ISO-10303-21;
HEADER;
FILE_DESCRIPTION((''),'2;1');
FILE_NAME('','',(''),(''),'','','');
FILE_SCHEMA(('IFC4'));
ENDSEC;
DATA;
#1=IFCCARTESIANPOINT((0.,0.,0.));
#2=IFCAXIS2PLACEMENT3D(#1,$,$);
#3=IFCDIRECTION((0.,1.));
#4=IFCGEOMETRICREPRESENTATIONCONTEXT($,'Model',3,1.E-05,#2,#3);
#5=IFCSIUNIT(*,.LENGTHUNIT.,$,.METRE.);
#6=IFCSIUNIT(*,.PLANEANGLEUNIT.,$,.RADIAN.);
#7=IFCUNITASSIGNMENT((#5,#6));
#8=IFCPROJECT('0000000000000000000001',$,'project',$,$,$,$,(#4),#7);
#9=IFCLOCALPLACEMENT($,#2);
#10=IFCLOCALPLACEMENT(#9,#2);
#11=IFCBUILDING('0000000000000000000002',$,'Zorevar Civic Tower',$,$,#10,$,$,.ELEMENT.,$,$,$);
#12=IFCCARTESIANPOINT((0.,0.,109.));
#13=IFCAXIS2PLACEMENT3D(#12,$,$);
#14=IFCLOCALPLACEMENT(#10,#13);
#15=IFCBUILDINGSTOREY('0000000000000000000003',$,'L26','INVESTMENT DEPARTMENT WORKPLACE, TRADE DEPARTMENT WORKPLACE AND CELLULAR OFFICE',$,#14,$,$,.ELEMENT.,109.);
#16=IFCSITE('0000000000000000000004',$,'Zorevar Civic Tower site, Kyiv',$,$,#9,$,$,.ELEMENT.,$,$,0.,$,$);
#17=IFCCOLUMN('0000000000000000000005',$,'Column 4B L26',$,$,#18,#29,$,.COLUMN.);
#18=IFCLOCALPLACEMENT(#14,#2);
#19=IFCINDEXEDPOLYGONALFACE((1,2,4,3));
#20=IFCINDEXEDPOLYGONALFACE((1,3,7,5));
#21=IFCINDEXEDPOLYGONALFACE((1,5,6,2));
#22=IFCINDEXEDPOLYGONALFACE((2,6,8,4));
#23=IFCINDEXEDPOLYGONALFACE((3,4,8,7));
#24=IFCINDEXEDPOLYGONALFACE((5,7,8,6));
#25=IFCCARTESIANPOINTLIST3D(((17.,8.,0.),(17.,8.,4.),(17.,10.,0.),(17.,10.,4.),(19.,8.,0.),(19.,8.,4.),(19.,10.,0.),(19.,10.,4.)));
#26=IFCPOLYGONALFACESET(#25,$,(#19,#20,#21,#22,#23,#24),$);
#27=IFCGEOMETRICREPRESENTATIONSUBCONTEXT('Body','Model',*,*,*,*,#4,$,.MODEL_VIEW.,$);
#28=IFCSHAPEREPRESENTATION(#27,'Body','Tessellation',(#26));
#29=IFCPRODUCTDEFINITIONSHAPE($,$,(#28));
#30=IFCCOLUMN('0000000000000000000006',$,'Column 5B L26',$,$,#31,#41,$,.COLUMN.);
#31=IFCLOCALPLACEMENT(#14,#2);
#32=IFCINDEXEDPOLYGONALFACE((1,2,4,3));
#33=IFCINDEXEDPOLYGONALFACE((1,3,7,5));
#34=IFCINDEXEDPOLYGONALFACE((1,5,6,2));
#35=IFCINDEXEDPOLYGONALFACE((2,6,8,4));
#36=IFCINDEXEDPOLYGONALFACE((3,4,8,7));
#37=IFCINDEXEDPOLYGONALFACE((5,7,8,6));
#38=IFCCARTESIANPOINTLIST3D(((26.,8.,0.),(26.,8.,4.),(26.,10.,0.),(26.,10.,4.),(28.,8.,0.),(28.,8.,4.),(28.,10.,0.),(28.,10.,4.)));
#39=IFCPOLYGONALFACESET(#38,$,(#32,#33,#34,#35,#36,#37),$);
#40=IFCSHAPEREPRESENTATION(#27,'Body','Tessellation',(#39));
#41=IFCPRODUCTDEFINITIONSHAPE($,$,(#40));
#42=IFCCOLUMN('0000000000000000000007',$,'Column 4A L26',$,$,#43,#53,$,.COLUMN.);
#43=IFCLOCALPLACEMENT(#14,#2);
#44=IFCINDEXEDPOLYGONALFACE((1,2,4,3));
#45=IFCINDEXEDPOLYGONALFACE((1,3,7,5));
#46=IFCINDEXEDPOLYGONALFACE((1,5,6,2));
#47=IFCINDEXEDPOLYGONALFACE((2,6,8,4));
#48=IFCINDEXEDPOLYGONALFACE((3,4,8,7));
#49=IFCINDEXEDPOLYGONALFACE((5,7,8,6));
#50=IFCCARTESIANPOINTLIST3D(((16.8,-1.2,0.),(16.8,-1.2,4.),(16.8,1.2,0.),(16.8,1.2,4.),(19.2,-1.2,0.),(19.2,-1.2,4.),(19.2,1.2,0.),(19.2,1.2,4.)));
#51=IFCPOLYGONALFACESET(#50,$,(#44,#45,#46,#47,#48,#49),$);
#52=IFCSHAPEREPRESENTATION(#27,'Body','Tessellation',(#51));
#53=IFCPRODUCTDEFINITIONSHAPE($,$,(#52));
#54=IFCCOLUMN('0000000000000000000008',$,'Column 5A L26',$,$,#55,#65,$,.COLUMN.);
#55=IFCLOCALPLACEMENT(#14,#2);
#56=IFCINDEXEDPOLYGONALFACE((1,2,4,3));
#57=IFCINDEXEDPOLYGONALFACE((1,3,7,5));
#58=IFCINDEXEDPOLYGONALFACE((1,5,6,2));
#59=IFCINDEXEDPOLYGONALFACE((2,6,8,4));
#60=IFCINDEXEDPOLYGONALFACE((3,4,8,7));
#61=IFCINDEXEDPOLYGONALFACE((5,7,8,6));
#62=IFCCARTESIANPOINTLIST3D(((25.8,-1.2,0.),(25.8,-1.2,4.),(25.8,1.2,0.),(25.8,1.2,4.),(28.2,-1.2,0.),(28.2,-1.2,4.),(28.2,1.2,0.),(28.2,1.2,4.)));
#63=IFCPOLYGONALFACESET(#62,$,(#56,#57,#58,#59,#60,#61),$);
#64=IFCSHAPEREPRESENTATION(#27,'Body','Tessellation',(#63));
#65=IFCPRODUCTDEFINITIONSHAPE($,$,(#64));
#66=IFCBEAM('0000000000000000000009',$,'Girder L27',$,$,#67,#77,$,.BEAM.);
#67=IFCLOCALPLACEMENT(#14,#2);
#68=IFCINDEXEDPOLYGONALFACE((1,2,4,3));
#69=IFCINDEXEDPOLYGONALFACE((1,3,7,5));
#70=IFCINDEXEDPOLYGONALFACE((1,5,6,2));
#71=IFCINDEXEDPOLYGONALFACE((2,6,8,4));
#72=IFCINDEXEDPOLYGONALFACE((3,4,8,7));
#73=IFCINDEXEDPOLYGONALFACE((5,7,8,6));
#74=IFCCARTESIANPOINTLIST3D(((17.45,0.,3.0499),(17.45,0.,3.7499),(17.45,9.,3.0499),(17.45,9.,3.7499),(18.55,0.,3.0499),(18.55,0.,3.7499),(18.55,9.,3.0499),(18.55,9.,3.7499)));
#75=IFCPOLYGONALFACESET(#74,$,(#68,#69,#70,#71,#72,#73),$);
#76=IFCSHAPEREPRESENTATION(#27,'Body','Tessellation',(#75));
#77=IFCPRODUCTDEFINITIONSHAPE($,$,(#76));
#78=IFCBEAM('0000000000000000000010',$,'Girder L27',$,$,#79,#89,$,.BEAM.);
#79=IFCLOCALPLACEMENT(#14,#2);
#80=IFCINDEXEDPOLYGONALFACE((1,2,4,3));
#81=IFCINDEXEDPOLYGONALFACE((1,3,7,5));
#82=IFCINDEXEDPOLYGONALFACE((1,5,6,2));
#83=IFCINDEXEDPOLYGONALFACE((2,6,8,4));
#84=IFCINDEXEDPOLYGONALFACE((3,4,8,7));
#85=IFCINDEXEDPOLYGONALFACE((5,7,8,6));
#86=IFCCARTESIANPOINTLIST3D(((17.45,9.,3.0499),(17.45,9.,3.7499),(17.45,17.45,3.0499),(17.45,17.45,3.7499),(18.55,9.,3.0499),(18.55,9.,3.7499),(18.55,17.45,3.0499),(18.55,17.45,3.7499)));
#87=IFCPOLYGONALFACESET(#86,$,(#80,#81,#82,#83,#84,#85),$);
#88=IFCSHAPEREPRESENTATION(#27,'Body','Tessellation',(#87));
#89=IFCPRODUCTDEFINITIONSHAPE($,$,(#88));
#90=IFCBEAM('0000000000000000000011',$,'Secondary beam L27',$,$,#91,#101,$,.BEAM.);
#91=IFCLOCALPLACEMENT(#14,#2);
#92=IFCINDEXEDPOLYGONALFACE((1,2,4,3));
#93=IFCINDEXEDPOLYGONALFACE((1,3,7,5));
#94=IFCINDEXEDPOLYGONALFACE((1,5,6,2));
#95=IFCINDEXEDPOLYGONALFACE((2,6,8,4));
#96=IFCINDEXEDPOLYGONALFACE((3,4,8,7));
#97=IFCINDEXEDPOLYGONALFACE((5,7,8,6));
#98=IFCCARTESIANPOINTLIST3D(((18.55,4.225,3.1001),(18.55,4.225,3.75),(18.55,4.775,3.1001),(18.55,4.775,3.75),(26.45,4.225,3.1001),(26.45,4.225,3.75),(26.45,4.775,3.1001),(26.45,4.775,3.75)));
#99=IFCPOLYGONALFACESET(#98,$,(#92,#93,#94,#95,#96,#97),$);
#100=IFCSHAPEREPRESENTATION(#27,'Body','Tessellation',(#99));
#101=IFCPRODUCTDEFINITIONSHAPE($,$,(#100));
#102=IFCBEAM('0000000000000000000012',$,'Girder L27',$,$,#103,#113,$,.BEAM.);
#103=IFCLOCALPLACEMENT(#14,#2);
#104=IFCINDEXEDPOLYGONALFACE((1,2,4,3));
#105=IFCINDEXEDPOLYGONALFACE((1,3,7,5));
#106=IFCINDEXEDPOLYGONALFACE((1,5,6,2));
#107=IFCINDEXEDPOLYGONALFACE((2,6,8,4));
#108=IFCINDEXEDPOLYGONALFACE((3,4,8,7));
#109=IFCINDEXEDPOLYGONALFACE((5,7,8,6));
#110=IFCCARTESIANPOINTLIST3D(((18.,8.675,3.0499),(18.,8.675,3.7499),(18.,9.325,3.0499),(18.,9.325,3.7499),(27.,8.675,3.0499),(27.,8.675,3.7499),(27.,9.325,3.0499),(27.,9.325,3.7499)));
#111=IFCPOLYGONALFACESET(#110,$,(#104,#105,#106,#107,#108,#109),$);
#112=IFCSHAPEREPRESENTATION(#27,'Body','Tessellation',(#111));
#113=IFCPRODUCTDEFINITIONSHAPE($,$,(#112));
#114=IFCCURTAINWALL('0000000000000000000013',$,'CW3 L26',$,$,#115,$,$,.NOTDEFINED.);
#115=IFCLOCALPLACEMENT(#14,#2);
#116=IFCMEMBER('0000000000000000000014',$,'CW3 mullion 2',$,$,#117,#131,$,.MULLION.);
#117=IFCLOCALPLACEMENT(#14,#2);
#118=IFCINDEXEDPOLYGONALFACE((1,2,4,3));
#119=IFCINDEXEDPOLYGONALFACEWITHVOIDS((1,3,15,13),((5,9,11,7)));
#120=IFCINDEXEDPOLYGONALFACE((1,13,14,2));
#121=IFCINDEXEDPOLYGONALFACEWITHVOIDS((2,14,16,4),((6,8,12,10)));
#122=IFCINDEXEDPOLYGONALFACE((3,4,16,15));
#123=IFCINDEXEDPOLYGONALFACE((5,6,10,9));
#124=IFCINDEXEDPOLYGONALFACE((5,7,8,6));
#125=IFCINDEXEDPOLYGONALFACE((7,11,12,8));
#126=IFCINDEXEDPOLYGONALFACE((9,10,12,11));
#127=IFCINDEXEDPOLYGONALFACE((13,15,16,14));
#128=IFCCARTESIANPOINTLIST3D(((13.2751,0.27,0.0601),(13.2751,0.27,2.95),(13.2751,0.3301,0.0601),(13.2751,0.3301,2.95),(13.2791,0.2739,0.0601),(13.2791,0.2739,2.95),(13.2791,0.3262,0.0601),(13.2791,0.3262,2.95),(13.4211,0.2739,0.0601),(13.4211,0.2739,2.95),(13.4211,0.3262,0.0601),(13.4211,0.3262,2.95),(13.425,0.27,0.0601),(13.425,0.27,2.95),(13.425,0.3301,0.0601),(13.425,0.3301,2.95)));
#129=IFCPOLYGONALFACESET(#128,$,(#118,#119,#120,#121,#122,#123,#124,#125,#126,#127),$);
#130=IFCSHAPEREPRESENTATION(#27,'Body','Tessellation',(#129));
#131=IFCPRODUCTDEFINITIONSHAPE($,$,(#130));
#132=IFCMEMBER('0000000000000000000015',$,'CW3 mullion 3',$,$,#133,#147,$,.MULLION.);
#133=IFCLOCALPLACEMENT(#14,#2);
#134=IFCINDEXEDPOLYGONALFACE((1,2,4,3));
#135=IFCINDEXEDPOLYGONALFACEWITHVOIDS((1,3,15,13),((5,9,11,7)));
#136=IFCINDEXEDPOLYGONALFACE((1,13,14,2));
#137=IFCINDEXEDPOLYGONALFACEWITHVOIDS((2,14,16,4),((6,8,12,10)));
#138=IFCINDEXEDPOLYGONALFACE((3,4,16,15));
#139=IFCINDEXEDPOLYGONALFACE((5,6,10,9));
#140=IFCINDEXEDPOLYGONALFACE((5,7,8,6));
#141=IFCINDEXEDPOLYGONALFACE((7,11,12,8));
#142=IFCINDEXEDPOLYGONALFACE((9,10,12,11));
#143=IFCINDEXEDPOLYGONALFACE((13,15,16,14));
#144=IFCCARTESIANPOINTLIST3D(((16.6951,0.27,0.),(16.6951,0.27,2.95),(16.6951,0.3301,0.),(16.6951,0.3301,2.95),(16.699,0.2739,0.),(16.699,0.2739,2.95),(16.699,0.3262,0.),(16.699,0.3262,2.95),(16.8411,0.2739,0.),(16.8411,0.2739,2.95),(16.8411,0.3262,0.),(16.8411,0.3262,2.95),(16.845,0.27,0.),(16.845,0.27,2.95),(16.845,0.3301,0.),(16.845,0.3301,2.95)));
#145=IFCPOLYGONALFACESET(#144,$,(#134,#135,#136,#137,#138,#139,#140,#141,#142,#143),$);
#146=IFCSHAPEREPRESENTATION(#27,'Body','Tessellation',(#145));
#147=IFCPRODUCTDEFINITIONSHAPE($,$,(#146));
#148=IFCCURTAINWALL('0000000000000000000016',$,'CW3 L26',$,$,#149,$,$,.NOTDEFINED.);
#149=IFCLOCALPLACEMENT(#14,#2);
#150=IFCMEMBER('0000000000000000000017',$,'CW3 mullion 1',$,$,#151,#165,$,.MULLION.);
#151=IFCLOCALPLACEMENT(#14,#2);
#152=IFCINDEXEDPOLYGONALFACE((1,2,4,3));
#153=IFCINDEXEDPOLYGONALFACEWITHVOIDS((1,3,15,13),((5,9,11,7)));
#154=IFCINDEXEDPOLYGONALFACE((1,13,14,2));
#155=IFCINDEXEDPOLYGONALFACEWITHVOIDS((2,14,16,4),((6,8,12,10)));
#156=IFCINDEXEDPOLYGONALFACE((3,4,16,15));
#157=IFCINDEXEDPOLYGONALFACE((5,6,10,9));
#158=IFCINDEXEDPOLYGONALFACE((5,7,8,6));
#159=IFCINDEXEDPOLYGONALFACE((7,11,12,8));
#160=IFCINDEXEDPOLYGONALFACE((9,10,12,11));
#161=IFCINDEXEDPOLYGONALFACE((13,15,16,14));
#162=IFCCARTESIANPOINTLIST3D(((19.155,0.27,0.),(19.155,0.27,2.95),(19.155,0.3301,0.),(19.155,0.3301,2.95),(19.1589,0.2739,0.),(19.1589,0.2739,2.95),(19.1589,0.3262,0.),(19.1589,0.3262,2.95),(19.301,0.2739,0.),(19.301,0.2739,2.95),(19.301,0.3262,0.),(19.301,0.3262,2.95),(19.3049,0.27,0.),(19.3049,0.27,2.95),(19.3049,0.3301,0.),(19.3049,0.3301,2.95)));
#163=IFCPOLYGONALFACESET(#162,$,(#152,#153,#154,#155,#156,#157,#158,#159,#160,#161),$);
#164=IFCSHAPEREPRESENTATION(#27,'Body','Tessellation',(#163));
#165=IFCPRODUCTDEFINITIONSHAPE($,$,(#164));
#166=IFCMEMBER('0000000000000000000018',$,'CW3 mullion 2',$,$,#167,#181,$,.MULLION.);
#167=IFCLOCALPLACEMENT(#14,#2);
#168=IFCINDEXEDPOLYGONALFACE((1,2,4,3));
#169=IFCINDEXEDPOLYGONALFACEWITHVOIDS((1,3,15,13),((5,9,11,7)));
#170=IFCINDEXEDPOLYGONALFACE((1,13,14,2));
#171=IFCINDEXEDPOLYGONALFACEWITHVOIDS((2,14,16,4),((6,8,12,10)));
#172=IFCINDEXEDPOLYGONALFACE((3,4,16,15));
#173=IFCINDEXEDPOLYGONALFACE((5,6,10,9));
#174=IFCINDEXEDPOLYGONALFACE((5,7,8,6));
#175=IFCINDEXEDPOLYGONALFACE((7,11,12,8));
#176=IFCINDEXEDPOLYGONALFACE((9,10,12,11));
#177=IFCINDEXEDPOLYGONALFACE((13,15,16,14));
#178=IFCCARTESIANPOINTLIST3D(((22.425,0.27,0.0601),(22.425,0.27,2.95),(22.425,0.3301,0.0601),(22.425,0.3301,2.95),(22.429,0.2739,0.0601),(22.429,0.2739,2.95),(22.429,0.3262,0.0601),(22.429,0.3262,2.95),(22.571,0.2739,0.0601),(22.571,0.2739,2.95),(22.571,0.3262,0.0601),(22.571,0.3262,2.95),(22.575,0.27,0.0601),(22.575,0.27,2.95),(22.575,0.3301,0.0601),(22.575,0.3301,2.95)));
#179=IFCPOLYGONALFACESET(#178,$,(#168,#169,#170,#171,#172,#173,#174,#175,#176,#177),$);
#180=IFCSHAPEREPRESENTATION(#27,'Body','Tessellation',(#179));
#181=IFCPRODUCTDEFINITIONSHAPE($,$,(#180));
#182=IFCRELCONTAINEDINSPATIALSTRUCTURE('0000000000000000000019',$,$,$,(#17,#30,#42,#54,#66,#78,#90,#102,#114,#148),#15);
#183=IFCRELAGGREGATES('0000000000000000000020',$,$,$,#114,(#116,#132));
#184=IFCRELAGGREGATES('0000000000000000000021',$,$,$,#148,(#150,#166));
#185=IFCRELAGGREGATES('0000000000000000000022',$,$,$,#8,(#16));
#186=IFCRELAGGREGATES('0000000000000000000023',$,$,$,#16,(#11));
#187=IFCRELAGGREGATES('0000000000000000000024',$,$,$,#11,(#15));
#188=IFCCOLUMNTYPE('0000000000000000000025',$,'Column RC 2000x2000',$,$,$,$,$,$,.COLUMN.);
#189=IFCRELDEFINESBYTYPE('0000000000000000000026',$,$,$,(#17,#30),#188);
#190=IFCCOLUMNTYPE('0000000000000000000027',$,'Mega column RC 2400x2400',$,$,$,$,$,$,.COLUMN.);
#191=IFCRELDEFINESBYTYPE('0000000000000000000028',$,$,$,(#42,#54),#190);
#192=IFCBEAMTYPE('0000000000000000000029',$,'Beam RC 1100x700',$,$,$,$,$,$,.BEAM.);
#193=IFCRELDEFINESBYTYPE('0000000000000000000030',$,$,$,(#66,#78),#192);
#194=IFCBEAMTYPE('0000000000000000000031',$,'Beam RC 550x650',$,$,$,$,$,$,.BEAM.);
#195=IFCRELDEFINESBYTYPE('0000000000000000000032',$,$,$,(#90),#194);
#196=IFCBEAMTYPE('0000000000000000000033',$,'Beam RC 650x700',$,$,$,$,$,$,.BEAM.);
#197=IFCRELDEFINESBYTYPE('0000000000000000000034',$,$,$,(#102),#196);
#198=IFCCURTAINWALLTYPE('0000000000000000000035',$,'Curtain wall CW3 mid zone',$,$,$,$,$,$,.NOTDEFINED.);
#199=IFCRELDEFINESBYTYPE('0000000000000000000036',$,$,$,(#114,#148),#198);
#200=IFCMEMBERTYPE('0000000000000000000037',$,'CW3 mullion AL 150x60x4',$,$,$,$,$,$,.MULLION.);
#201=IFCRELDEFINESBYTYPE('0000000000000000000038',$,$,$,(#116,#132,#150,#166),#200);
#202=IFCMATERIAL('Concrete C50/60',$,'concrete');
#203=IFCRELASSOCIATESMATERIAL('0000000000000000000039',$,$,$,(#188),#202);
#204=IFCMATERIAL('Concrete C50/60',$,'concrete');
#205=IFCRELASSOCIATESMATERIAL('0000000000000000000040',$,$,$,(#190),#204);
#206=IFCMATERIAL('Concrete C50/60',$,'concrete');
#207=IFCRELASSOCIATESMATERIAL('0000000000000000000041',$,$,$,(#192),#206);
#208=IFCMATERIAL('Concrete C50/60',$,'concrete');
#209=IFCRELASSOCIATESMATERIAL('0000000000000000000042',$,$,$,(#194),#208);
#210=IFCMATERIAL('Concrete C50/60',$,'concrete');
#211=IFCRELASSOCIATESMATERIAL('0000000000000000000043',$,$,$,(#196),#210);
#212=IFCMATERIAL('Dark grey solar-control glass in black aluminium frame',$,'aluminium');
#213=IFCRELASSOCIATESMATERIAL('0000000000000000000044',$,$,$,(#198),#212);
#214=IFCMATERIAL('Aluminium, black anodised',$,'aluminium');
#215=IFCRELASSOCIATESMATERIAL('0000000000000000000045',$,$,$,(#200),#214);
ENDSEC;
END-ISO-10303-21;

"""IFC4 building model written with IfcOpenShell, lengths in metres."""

from ifc_helpers import new_model, si_unit, direction, frame, origin, origin_2d, place, context, subcontext, project, spatial, rectangle, hollow_rectangle, extrude, material, material_profile, profile_set, type_object, element, aggregate, save


model = new_model("IFC4")

# Units and contexts
model_context = context("Model", 3, precision=1e-05, world=origin(), true_north=direction((0.0, 1.0)))
body_context = subcontext(model_context, "Body", "Model", "MODEL_VIEW")
ifc_project = project(units=[si_unit("LENGTHUNIT", "METRE"), si_unit("PLANEANGLEUNIT", "RADIAN")], contexts=[model_context])

# Site, building, storey
site_placement = place(None, origin())
site = spatial("IfcSite", under=ifc_project, at=site_placement, Name="Zorevar Civic Tower site, Kyiv", CompositionType="ELEMENT", RefElevation=0.0)
building_placement = place(site_placement, origin())
building = spatial("IfcBuilding", under=site, at=building_placement, Name="Zorevar Civic Tower", CompositionType="ELEMENT")
storey_placement = place(building_placement, frame((0.0, 0.0, 109.0)))
storey = spatial("IfcBuildingStorey", under=building, at=storey_placement, Name="L26", Description="INVESTMENT DEPARTMENT WORKPLACE, TRADE DEPARTMENT WORKPLACE AND CELLULAR OFFICE", CompositionType="ELEMENT", Elevation=109.0)

# Columns
ifc_material_1 = material(Name="Concrete C50/60", Category="concrete")
ifc_material_profile_1 = material_profile(ifc_material_1, rectangle(XDim=2.0, YDim=2.0, at=origin_2d()), Name="RC 2000x2000")
ifc_profile_set_1 = profile_set([ifc_material_profile_1], Name="Concrete C50/60")
column_type_1 = type_object("IfcColumnType", Name="Column RC 2000x2000", PredefinedType="COLUMN", material=ifc_profile_set_1)
for number, where, z_axis, x_axis, name in (
    (1, (18.0, 9.0, 0.0), (0.0, 0.0, 1.0), (1.0, 0.0, 0.0), "Column 4B L26"),
    (2, (27.0, 9.0, 0.0), (0.0, 0.0, 1.0), (1.0, 0.0, 0.0), "Column 5B L26"),
):
    element("IfcColumn", number, at=place(storey_placement, frame(where, z_axis=z_axis, x_axis=x_axis)), inside=storey, type_object=column_type_1, Name=name, PredefinedType="COLUMN", context=body_context, shape_type="SweptSolid", body=[
        extrude(rectangle(XDim=2.0, YDim=2.0, at=origin_2d()), origin(), (0.0, 0.0, 1.0), 4.0),
    ])
ifc_material_2 = material(Name="Concrete C50/60", Category="concrete")
ifc_material_profile_2 = material_profile(ifc_material_2, rectangle(XDim=2.3999, YDim=2.3999, at=origin_2d()), Name="RC 2400x2400")
ifc_profile_set_2 = profile_set([ifc_material_profile_2], Name="Concrete C50/60")
column_type_2 = type_object("IfcColumnType", Name="Mega column RC 2400x2400", PredefinedType="COLUMN", material=ifc_profile_set_2)
for number, where, z_axis, x_axis, name in (
    (3, (18.0, 0.0, 0.0), (0.0, 0.0, 1.0), (1.0, 0.0, 0.0), "Column 4A L26"),
    (4, (27.0, 0.0, 0.0), (0.0, 0.0, 1.0), (1.0, 0.0, 0.0), "Column 5A L26"),
):
    element("IfcColumn", number, at=place(storey_placement, frame(where, z_axis=z_axis, x_axis=x_axis)), inside=storey, type_object=column_type_2, Name=name, PredefinedType="COLUMN", context=body_context, shape_type="SweptSolid", body=[
        extrude(rectangle(XDim=2.3999, YDim=2.3999, at=origin_2d()), origin(), (0.0, 0.0, 1.0), 4.0),
    ])

# Beams
ifc_material_3 = material(Name="Concrete C50/60", Category="concrete")
ifc_material_profile_3 = material_profile(ifc_material_3, rectangle(XDim=1.1001, YDim=0.7, at=origin_2d()), Name="RC 1100x700")
ifc_profile_set_3 = profile_set([ifc_material_profile_3], Name="Concrete C50/60")
beam_type_1 = type_object("IfcBeamType", Name="Beam RC 1100x700", PredefinedType="BEAM", material=ifc_profile_set_3)
beam_1_placement = place(storey_placement, frame((18.0, 0.0, 3.3999), z_axis=(0.0, 1.0, 0.0), x_axis=(-1.0, 0.0, 0.0)))
element("IfcBeam", 5, at=beam_1_placement, inside=storey, type_object=beam_type_1, Name="Girder L27", PredefinedType="BEAM", context=body_context, shape_type="SweptSolid", body=[
    extrude(rectangle(XDim=1.1001, YDim=0.7, at=origin_2d()), origin(), (0.0, 0.0, 1.0), 9.0),
])
beam_2_placement = place(storey_placement, frame((18.0, 9.0, 3.3999), z_axis=(0.0, 1.0, 0.0), x_axis=(-1.0, 0.0, 0.0)))
element("IfcBeam", 6, at=beam_2_placement, inside=storey, type_object=beam_type_1, Name="Girder L27", PredefinedType="BEAM", context=body_context, shape_type="SweptSolid", body=[
    extrude(rectangle(XDim=1.1001, YDim=0.7, at=origin_2d()), origin(), (0.0, 0.0, 1.0), 8.45),
])
ifc_material_4 = material(Name="Concrete C50/60", Category="concrete")
ifc_material_profile_4 = material_profile(ifc_material_4, rectangle(XDim=0.55, YDim=0.6499, at=origin_2d()), Name="RC 550x650")
ifc_profile_set_4 = profile_set([ifc_material_profile_4], Name="Concrete C50/60")
beam_type_2 = type_object("IfcBeamType", Name="Beam RC 550x650", PredefinedType="BEAM", material=ifc_profile_set_4)
beam_3_placement = place(storey_placement, frame((18.55, 4.5, 3.425), z_axis=(1.0, 0.0, 0.0), x_axis=(0.0, 1.0, 0.0)))
element("IfcBeam", 7, at=beam_3_placement, inside=storey, type_object=beam_type_2, Name="Secondary beam L27", PredefinedType="BEAM", context=body_context, shape_type="SweptSolid", body=[
    extrude(rectangle(XDim=0.55, YDim=0.6499, at=origin_2d()), origin(), (0.0, 0.0, 1.0), 7.8999),
])
ifc_material_5 = material(Name="Concrete C50/60", Category="concrete")
ifc_material_profile_5 = material_profile(ifc_material_5, rectangle(XDim=0.6499, YDim=0.7, at=origin_2d()), Name="RC 650x700")
ifc_profile_set_5 = profile_set([ifc_material_profile_5], Name="Concrete C50/60")
beam_type_3 = type_object("IfcBeamType", Name="Beam RC 650x700", PredefinedType="BEAM", material=ifc_profile_set_5)
beam_4_placement = place(storey_placement, frame((18.0, 9.0, 3.3999), z_axis=(1.0, 0.0, 0.0), x_axis=(0.0, 1.0, 0.0)))
element("IfcBeam", 8, at=beam_4_placement, inside=storey, type_object=beam_type_3, Name="Girder L27", PredefinedType="BEAM", context=body_context, shape_type="SweptSolid", body=[
    extrude(rectangle(XDim=0.6499, YDim=0.7, at=origin_2d()), origin(), (0.0, 0.0, 1.0), 9.0),
])

# Curtain walls, members
ifc_material_6 = material(Name="Dark grey solar-control glass in black aluminium frame", Category="aluminium")
curtain_wall_type = type_object("IfcCurtainWallType", Name="Curtain wall CW3 mid zone", PredefinedType="NOTDEFINED", material=ifc_material_6)
curtain_wall_1_placement = place(storey_placement, origin())
curtain_wall_1 = element("IfcCurtainWall", 9, at=curtain_wall_1_placement, inside=storey, type_object=curtain_wall_type, Name="CW3 L26", PredefinedType="NOTDEFINED")
ifc_material_7 = material(Name="Aluminium, black anodised", Category="aluminium")
ifc_material_profile_6 = material_profile(ifc_material_7, hollow_rectangle(XDim=0.0601, YDim=0.1499, WallThickness=0.0039, at=origin_2d()), Name="AL 150x60x4")
ifc_profile_set_6 = profile_set([ifc_material_profile_6], Name="Aluminium, black anodised")
member_type_1 = type_object("IfcMemberType", Name="CW3 mullion AL 150x60x4", PredefinedType="MULLION", material=ifc_profile_set_6)
member_1_placement = place(storey_placement, frame((13.3501, 0.3, 0.0601), z_axis=(0.0, 0.0, 1.0), x_axis=(0.0, 1.0, 0.0)))
member_1 = element("IfcMember", 10, at=member_1_placement, type_object=member_type_1, Name="CW3 mullion 2", PredefinedType="MULLION", context=body_context, shape_type="SweptSolid", body=[
    extrude(hollow_rectangle(XDim=0.0601, YDim=0.1499, WallThickness=0.0039, at=origin_2d()), origin(), (0.0, 0.0, 1.0), 2.8899),
])
member_2_placement = place(storey_placement, frame((16.77, 0.3, 0.0), z_axis=(0.0, 0.0, 1.0), x_axis=(0.0, 1.0, 0.0)))
member_2 = element("IfcMember", 11, at=member_2_placement, type_object=member_type_1, Name="CW3 mullion 3", PredefinedType="MULLION", context=body_context, shape_type="SweptSolid", body=[
    extrude(hollow_rectangle(XDim=0.0601, YDim=0.1499, WallThickness=0.0039, at=origin_2d()), origin(), (0.0, 0.0, 1.0), 2.95),
])
curtain_wall_2_placement = place(storey_placement, origin())
curtain_wall_2 = element("IfcCurtainWall", 12, at=curtain_wall_2_placement, inside=storey, type_object=curtain_wall_type, Name="CW3 L26", PredefinedType="NOTDEFINED")
member_3_placement = place(storey_placement, frame((19.23, 0.3, 0.0), z_axis=(0.0, 0.0, 1.0), x_axis=(0.0, 1.0, 0.0)))
member_3 = element("IfcMember", 13, at=member_3_placement, type_object=member_type_1, Name="CW3 mullion 1", PredefinedType="MULLION", context=body_context, shape_type="SweptSolid", body=[
    extrude(hollow_rectangle(XDim=0.0601, YDim=0.1499, WallThickness=0.0039, at=origin_2d()), origin(), (0.0, 0.0, 1.0), 2.95),
])
member_4_placement = place(storey_placement, frame((22.5, 0.3, 0.0601), z_axis=(0.0, 0.0, 1.0), x_axis=(0.0, 1.0, 0.0)))
member_4 = element("IfcMember", 14, at=member_4_placement, type_object=member_type_1, Name="CW3 mullion 2", PredefinedType="MULLION", context=body_context, shape_type="SweptSolid", body=[
    extrude(hollow_rectangle(XDim=0.0601, YDim=0.1499, WallThickness=0.0039, at=origin_2d()), origin(), (0.0, 0.0, 1.0), 2.8899),
])

aggregate(curtain_wall_1, [member_1, member_2])
aggregate(curtain_wall_2, [member_3, member_4])

save(model, "model.ifc")
